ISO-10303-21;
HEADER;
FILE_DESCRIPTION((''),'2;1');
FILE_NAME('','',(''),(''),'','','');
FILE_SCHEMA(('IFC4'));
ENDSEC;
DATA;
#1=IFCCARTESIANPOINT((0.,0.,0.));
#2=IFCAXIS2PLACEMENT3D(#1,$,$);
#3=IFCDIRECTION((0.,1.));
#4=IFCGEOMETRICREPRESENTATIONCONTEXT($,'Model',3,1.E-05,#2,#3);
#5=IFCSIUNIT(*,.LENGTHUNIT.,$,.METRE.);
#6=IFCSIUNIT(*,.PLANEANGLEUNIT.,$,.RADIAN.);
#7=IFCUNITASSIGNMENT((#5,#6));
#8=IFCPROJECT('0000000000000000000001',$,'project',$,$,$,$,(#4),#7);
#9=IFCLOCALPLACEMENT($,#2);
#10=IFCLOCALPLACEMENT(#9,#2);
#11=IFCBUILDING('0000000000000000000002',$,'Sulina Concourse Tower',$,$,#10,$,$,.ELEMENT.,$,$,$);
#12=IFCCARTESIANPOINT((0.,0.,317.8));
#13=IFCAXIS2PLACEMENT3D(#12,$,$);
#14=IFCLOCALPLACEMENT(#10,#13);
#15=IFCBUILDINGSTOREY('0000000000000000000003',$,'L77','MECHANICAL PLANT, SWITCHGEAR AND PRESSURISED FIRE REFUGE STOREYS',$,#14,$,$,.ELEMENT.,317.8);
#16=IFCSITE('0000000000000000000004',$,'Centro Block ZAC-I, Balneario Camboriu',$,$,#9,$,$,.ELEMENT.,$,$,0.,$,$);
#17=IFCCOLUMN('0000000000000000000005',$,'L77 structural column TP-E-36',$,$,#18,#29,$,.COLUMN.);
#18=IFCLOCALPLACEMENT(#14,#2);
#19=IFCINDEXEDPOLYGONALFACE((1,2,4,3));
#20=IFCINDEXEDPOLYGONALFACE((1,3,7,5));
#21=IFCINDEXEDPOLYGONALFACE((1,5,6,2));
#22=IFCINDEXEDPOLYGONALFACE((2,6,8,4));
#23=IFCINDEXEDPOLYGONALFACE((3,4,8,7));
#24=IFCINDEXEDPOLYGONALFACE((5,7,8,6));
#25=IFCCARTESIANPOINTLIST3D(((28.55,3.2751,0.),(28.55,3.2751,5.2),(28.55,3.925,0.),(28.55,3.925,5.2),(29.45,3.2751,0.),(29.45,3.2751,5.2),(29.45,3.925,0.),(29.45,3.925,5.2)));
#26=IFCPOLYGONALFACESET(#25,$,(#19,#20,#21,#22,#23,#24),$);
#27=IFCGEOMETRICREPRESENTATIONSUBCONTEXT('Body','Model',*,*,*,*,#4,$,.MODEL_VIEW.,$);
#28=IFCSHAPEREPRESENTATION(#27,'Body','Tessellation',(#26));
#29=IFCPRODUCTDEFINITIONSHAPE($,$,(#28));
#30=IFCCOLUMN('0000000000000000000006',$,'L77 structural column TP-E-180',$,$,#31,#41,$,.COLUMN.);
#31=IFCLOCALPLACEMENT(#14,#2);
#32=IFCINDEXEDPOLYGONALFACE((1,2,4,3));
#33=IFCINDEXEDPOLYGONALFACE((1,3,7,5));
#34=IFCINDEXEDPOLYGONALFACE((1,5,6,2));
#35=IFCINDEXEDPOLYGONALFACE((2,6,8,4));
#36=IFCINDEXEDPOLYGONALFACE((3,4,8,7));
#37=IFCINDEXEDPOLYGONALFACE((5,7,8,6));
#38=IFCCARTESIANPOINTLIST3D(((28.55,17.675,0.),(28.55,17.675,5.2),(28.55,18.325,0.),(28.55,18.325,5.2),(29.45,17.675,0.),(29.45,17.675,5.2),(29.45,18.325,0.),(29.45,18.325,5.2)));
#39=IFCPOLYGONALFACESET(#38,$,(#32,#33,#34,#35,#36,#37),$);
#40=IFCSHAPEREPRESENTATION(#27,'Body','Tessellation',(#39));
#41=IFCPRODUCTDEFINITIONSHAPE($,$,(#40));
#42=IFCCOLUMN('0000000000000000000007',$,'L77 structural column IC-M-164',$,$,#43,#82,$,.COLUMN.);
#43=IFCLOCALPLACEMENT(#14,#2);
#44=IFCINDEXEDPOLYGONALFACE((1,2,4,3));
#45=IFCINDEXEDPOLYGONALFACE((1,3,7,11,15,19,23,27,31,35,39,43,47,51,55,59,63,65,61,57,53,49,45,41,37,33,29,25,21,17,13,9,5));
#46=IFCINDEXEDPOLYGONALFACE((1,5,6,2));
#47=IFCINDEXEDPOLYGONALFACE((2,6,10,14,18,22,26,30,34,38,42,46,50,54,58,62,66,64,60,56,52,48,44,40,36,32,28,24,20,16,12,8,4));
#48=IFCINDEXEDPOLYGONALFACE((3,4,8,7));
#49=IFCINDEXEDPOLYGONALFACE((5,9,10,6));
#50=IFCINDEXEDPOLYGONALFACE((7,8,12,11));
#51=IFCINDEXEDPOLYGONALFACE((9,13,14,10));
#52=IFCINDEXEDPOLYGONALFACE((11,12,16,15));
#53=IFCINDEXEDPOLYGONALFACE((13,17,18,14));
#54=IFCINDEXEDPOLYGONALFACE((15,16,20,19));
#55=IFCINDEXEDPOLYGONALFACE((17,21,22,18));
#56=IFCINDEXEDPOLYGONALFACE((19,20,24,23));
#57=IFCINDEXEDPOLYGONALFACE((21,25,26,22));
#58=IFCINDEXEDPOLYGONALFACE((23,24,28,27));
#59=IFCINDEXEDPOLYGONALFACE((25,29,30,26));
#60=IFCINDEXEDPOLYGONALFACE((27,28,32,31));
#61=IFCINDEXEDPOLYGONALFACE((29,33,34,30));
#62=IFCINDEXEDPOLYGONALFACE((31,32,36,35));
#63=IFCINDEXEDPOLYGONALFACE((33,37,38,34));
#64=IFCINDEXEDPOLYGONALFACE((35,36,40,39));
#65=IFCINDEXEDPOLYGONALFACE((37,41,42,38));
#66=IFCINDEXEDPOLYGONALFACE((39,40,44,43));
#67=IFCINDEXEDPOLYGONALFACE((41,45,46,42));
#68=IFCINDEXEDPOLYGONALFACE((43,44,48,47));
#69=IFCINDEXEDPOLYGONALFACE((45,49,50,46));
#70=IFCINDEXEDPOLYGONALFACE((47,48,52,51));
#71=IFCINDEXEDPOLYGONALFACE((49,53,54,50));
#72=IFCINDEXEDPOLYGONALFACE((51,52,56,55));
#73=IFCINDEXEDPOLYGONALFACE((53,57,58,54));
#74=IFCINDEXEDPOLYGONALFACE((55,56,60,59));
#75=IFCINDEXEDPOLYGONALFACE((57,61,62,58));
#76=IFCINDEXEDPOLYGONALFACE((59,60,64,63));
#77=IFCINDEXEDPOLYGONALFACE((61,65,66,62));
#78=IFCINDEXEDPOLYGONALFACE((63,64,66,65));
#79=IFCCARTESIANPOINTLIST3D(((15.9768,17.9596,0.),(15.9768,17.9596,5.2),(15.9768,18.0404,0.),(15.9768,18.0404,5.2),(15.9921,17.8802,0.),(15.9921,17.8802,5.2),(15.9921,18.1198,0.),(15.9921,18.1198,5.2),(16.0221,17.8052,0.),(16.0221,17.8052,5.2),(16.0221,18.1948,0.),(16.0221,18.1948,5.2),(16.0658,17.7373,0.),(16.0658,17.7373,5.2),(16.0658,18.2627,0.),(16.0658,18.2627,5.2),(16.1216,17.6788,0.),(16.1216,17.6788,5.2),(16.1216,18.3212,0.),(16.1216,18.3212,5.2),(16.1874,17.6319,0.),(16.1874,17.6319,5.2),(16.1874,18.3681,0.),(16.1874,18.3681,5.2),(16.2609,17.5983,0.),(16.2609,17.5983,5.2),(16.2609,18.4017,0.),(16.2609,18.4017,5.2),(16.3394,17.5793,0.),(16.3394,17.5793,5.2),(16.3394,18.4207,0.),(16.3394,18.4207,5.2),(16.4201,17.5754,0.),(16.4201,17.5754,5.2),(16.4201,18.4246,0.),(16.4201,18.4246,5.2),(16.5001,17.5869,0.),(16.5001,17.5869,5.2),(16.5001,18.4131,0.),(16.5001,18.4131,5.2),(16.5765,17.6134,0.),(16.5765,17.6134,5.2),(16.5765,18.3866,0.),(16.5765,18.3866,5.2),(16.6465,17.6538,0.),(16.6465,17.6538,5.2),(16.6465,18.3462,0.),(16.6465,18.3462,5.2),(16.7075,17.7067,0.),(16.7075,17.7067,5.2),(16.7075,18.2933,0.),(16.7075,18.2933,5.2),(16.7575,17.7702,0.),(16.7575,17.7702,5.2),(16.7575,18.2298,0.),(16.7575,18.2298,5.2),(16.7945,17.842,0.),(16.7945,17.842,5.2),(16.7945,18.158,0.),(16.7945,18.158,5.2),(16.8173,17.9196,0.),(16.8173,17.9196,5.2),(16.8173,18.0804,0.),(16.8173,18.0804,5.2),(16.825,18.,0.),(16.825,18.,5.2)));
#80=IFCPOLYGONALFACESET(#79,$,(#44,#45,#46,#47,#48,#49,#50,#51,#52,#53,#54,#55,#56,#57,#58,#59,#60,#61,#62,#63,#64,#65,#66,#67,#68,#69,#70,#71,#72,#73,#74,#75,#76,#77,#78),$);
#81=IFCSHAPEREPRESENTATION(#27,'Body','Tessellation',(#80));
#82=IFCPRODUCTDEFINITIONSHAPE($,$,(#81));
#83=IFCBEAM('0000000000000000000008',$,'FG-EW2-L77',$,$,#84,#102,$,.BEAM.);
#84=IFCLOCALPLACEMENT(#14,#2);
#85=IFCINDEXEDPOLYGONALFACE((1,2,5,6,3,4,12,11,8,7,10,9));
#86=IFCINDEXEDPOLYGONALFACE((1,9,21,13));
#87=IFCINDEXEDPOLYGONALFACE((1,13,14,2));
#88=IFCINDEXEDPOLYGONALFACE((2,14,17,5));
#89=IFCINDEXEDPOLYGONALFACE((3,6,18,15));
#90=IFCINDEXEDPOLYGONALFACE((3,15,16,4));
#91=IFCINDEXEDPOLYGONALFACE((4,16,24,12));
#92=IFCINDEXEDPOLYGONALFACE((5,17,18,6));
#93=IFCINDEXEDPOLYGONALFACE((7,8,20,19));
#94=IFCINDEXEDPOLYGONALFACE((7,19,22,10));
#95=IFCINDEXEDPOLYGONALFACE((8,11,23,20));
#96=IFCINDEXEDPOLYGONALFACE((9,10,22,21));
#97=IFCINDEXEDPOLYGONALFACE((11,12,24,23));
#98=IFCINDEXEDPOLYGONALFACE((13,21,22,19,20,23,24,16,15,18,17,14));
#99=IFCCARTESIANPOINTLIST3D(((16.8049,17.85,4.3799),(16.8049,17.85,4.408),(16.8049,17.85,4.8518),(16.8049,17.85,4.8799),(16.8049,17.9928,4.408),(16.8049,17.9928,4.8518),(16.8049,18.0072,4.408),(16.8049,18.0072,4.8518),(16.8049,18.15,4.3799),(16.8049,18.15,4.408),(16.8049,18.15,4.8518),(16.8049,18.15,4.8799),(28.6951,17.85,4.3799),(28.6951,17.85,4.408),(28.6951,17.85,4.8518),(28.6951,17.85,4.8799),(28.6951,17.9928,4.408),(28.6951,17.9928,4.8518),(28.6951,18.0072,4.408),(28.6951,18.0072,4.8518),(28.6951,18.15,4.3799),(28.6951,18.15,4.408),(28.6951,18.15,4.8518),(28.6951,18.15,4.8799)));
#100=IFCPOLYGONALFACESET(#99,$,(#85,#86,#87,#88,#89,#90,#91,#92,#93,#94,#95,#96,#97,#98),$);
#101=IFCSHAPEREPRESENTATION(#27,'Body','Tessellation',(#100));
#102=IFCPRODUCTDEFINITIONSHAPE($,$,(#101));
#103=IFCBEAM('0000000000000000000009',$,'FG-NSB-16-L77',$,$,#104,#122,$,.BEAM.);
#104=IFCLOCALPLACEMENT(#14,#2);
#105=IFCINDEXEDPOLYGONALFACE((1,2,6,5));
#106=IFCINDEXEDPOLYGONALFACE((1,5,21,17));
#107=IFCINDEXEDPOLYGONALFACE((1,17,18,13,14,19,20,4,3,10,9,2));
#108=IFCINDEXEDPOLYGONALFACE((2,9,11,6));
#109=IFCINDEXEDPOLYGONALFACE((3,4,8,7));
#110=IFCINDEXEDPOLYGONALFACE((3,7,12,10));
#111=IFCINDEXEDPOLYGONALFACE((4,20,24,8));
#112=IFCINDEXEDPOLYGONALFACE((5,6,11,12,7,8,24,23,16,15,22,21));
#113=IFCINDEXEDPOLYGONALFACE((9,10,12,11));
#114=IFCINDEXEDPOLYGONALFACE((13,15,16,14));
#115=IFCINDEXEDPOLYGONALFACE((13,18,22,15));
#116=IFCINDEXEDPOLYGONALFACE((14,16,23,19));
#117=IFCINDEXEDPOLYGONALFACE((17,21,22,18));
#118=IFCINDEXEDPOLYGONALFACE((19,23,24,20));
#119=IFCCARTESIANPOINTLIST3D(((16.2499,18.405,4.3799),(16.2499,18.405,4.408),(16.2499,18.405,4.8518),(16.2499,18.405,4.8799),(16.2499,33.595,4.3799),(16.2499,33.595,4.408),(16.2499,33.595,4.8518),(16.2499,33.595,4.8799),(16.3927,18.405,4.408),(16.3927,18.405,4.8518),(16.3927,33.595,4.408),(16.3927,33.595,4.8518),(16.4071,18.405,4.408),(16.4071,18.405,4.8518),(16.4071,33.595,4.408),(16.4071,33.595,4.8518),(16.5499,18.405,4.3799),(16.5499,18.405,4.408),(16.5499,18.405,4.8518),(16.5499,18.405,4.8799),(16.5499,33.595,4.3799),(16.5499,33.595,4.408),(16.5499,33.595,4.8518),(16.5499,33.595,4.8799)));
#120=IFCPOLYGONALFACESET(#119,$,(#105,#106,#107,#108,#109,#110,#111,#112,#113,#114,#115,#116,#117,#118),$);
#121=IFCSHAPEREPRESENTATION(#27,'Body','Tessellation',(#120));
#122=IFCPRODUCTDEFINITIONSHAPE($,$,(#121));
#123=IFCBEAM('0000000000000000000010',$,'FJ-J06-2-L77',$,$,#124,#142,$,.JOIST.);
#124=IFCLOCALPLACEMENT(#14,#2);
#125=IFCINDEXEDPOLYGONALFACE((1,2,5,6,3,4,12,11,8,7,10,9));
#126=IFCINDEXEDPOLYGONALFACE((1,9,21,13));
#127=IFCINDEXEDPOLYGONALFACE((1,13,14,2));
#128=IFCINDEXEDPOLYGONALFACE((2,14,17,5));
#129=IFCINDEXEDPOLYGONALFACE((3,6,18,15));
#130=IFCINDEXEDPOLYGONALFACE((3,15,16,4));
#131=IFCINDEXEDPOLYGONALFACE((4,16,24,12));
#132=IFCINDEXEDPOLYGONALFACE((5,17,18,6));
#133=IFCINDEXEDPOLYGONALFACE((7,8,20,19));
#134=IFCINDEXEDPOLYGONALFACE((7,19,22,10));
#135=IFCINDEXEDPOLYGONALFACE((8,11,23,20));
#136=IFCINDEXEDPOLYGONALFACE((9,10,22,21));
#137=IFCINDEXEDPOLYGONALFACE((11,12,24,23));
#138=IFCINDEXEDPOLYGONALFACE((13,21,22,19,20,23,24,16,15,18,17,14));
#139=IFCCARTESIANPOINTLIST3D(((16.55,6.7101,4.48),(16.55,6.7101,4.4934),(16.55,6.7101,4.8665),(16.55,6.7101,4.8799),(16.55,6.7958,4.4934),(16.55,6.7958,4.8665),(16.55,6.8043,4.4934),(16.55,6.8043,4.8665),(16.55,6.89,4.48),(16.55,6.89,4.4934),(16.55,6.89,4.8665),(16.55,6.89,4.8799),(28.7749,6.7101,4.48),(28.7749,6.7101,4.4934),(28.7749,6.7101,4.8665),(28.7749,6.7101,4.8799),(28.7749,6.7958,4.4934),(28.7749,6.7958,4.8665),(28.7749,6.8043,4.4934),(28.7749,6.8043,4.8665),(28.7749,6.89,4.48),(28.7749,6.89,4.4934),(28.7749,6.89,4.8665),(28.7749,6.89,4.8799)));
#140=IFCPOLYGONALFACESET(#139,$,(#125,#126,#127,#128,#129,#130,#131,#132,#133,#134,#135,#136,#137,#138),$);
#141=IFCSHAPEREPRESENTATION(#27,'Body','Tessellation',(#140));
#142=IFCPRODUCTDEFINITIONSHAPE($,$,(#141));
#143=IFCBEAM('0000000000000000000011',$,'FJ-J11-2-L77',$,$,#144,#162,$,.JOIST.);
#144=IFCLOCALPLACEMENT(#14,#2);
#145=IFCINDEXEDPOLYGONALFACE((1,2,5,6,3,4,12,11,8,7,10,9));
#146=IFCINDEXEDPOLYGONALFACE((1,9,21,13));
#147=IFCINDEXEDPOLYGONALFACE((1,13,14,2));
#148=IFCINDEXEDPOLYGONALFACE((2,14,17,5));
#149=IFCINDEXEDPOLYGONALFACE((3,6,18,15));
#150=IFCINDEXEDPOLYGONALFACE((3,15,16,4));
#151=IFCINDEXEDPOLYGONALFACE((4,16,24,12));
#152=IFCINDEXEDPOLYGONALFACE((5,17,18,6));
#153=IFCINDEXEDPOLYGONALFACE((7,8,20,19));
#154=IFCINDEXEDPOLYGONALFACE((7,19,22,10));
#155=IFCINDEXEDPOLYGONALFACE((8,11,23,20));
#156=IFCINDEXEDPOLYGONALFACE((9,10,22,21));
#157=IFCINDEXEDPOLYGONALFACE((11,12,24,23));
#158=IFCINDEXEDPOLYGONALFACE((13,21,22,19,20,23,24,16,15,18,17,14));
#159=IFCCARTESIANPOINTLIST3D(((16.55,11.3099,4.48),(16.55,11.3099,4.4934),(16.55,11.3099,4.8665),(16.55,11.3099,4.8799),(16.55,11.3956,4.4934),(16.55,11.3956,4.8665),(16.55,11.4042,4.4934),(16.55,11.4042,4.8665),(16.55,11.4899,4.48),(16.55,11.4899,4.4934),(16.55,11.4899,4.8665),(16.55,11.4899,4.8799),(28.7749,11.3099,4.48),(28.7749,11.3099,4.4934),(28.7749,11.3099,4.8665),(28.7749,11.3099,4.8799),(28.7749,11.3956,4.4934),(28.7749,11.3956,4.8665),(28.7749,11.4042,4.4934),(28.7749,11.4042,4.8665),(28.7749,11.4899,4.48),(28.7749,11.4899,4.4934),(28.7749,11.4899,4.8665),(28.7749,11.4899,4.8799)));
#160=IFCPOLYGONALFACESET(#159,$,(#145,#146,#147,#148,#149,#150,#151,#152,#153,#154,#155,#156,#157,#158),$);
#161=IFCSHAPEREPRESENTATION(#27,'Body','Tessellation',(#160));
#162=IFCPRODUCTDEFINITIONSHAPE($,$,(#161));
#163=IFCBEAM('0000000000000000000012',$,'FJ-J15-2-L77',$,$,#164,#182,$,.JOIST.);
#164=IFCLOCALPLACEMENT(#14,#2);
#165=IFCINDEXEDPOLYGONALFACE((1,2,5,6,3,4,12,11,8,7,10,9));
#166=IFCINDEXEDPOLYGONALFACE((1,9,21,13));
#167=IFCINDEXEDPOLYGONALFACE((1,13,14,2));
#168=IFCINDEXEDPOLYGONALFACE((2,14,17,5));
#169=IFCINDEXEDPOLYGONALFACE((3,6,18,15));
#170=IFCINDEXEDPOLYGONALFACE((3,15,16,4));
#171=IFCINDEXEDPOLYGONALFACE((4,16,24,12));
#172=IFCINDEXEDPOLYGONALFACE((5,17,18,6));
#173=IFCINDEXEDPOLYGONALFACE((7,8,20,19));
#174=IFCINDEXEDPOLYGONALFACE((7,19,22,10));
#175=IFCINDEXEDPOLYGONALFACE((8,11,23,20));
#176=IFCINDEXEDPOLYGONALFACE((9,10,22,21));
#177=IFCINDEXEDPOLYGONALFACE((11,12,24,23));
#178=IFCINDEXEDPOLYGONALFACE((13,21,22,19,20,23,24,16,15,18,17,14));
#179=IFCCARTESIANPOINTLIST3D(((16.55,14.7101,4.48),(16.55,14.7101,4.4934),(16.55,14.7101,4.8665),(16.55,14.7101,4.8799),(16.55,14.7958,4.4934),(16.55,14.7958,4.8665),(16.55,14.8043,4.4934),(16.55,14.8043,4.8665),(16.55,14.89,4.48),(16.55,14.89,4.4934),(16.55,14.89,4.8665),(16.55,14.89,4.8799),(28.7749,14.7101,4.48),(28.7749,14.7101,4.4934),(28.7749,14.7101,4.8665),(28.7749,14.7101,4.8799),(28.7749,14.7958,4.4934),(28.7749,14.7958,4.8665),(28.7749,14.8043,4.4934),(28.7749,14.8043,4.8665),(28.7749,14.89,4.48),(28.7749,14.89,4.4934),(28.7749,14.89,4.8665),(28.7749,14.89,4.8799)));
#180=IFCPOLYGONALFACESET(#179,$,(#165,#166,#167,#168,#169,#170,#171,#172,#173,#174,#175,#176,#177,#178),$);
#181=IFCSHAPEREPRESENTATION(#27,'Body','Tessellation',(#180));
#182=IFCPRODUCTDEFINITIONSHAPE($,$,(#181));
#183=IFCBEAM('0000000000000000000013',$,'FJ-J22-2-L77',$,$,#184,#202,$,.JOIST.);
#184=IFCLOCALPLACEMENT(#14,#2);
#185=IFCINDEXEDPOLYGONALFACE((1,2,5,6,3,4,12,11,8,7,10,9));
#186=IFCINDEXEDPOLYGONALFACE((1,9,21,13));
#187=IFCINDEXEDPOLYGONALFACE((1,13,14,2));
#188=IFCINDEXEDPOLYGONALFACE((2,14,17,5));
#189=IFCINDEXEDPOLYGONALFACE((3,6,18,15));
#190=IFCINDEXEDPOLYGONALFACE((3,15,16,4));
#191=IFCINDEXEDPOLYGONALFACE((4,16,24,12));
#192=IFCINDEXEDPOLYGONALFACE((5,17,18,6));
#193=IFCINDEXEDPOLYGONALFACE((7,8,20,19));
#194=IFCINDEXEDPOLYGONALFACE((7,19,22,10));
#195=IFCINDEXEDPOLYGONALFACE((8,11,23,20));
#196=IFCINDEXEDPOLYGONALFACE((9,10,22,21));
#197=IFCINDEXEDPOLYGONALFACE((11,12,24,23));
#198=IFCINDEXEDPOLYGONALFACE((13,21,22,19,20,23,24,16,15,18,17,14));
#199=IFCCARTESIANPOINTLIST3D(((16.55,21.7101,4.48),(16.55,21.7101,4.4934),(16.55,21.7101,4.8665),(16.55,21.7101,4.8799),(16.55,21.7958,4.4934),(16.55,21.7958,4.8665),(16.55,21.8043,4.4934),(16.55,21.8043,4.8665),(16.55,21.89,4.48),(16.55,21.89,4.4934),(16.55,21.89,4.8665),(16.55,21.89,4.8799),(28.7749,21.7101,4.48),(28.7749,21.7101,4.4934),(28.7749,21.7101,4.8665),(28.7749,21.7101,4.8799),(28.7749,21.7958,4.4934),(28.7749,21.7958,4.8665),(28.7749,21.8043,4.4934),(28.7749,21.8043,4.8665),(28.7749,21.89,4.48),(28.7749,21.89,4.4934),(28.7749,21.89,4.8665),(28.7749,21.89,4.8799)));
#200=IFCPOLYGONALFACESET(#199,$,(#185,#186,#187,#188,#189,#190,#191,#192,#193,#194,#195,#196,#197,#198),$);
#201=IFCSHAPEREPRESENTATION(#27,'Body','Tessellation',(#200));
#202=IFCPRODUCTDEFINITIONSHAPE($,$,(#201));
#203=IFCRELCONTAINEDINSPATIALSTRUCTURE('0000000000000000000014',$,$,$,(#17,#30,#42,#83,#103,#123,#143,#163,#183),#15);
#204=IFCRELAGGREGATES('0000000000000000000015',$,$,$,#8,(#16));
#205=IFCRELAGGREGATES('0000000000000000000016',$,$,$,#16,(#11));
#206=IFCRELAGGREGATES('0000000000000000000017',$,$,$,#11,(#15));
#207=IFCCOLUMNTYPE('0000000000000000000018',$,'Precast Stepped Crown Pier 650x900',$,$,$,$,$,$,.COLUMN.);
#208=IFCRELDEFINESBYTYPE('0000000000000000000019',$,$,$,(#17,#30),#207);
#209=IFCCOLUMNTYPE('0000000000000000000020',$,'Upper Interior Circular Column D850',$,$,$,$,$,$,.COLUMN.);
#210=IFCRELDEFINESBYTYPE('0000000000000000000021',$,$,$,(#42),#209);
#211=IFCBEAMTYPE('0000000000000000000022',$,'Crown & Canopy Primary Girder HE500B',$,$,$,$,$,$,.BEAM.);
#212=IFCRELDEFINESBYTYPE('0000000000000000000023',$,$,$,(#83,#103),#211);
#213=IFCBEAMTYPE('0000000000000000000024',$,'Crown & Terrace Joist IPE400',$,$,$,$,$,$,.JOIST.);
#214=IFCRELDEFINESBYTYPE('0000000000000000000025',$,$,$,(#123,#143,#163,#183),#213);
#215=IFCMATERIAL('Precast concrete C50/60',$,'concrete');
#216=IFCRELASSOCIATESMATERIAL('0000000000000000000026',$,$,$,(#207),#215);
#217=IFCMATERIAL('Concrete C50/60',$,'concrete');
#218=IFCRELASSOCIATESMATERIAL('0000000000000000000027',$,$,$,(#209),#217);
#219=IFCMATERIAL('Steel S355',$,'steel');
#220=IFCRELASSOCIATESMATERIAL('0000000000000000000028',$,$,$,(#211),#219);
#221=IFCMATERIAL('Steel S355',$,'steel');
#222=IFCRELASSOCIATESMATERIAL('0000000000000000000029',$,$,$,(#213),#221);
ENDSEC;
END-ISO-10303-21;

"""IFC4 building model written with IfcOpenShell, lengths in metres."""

from ifc_helpers import new_model, si_unit, direction, frame, origin, origin_2d, place, context, subcontext, project, spatial, rectangle, circle, i_section, extrude, material, material_profile, profile_set, type_object, element, save


model = new_model("IFC4")

# Units and contexts
model_context = context("Model", 3, precision=1e-05, world=origin(), true_north=direction((0.0, 1.0)))
body_context = subcontext(model_context, "Body", "Model", "MODEL_VIEW")
ifc_project = project(units=[si_unit("LENGTHUNIT", "METRE"), si_unit("PLANEANGLEUNIT", "RADIAN")], contexts=[model_context])

# Site, building, storey
site_placement = place(None, origin())
site = spatial("IfcSite", under=ifc_project, at=site_placement, Name="Centro Block ZAC-I, Balneario Camboriu", CompositionType="ELEMENT", RefElevation=0.0)
building_placement = place(site_placement, origin())
building = spatial("IfcBuilding", under=site, at=building_placement, Name="Sulina Concourse Tower", CompositionType="ELEMENT")
storey_placement = place(building_placement, frame((0.0, 0.0, 317.8)))
storey = spatial("IfcBuildingStorey", under=building, at=storey_placement, Name="L77", Description="MECHANICAL PLANT, SWITCHGEAR AND PRESSURISED FIRE REFUGE STOREYS", CompositionType="ELEMENT", Elevation=317.8)

# Columns
ifc_material_1 = material(Name="Precast concrete C50/60", Category="concrete")
ifc_material_profile_1 = material_profile(ifc_material_1, rectangle(XDim=0.6499, YDim=0.8999, at=origin_2d()), Name="PC 650x900")
ifc_profile_set_1 = profile_set([ifc_material_profile_1], Name="Precast concrete C50/60")
column_type_1 = type_object("IfcColumnType", Name="Precast Stepped Crown Pier 650x900", PredefinedType="COLUMN", material=ifc_profile_set_1)
for number, where, z_axis, x_axis, name in (
    (1, (29.0, 3.6001, 0.0), (0.0, 0.0, 1.0), (0.0, 1.0, 0.0), "L77 structural column TP-E-36"),
    (2, (29.0, 18.0, 0.0), (0.0, 0.0, 1.0), (0.0, 1.0, 0.0), "L77 structural column TP-E-180"),
):
    element("IfcColumn", number, at=place(storey_placement, frame(where, z_axis=z_axis, x_axis=x_axis)), inside=storey, type_object=column_type_1, Name=name, PredefinedType="COLUMN", context=body_context, shape_type="SweptSolid", body=[
        extrude(rectangle(XDim=0.6499, YDim=0.8999, at=origin_2d()), origin(), (0.0, 0.0, 1.0), 5.2),
    ])
ifc_material_2 = material(Name="Concrete C50/60", Category="concrete")
ifc_material_profile_2 = material_profile(ifc_material_2, circle(Radius=0.425, at=origin_2d()), Name="RC D850")
ifc_profile_set_2 = profile_set([ifc_material_profile_2], Name="Concrete C50/60")
column_type_2 = type_object("IfcColumnType", Name="Upper Interior Circular Column D850", PredefinedType="COLUMN", material=ifc_profile_set_2)
column_placement = place(storey_placement, frame((16.3999, 18.0, 0.0), z_axis=(0.0, 0.0, 1.0), x_axis=(1.0, 0.0, 0.0)))
element("IfcColumn", 3, at=column_placement, inside=storey, type_object=column_type_2, Name="L77 structural column IC-M-164", PredefinedType="COLUMN", context=body_context, shape_type="SweptSolid", body=[
    extrude(circle(Radius=0.425, at=origin_2d()), origin(), (0.0, 0.0, 1.0), 5.2),
])

# Beams
ifc_material_3 = material(Name="Steel S355", Category="steel")
ifc_material_profile_3 = material_profile(ifc_material_3, i_section(OverallWidth=0.3, OverallDepth=0.5, WebThickness=0.0144, FlangeThickness=0.0281, at=origin_2d()), Name="HE 500 B")
ifc_profile_set_3 = profile_set([ifc_material_profile_3], Name="Steel S355")
beam_type_1 = type_object("IfcBeamType", Name="Crown & Canopy Primary Girder HE500B", PredefinedType="BEAM", material=ifc_profile_set_3)
beam_1_placement = place(storey_placement, frame((16.8049, 18.0, 4.6299), z_axis=(1.0, 0.0, 0.0), x_axis=(0.0, 1.0, 0.0)))
element("IfcBeam", 4, at=beam_1_placement, inside=storey, type_object=beam_type_1, Name="FG-EW2-L77", PredefinedType="BEAM", context=body_context, shape_type="SweptSolid", body=[
    extrude(i_section(OverallWidth=0.3, OverallDepth=0.5, WebThickness=0.0144, FlangeThickness=0.0281, at=origin_2d()), origin(), (0.0, 0.0, 1.0), 11.8901),
])
beam_2_placement = place(storey_placement, frame((16.3999, 18.405, 4.6299), z_axis=(0.0, 1.0, 0.0), x_axis=(-1.0, 0.0, 0.0)))
element("IfcBeam", 5, at=beam_2_placement, inside=storey, type_object=beam_type_1, Name="FG-NSB-16-L77", PredefinedType="BEAM", context=body_context, shape_type="SweptSolid", body=[
    extrude(i_section(OverallWidth=0.3, OverallDepth=0.5, WebThickness=0.0144, FlangeThickness=0.0281, at=origin_2d()), origin(), (0.0, 0.0, 1.0), 15.1899),
])
ifc_material_4 = material(Name="Steel S355", Category="steel")
ifc_material_profile_4 = material_profile(ifc_material_4, i_section(OverallWidth=0.1799, OverallDepth=0.3999, WebThickness=0.0085, FlangeThickness=0.0134, at=origin_2d()), Name="IPE 400")
ifc_profile_set_4 = profile_set([ifc_material_profile_4], Name="Steel S355")
beam_type_2 = type_object("IfcBeamType", Name="Crown & Terrace Joist IPE400", PredefinedType="JOIST", material=ifc_profile_set_4)
for number, where, z_axis, x_axis, name in (
    (6, (16.55, 6.8, 4.6799), (1.0, 0.0, 0.0), (0.0, 1.0, 0.0), "FJ-J06-2-L77"),
    (7, (16.55, 11.3999, 4.6799), (1.0, 0.0, 0.0), (0.0, 1.0, 0.0), "FJ-J11-2-L77"),
    (8, (16.55, 14.8, 4.6799), (1.0, 0.0, 0.0), (0.0, 1.0, 0.0), "FJ-J15-2-L77"),
    (9, (16.55, 21.8, 4.6799), (1.0, 0.0, 0.0), (0.0, 1.0, 0.0), "FJ-J22-2-L77"),
):
    element("IfcBeam", number, at=place(storey_placement, frame(where, z_axis=z_axis, x_axis=x_axis)), inside=storey, type_object=beam_type_2, Name=name, PredefinedType="JOIST", context=body_context, shape_type="SweptSolid", body=[
        extrude(i_section(OverallWidth=0.1799, OverallDepth=0.3999, WebThickness=0.0085, FlangeThickness=0.0134, at=origin_2d()), origin(), (0.0, 0.0, 1.0), 12.2249),
    ])

save(model, "model.ifc")
